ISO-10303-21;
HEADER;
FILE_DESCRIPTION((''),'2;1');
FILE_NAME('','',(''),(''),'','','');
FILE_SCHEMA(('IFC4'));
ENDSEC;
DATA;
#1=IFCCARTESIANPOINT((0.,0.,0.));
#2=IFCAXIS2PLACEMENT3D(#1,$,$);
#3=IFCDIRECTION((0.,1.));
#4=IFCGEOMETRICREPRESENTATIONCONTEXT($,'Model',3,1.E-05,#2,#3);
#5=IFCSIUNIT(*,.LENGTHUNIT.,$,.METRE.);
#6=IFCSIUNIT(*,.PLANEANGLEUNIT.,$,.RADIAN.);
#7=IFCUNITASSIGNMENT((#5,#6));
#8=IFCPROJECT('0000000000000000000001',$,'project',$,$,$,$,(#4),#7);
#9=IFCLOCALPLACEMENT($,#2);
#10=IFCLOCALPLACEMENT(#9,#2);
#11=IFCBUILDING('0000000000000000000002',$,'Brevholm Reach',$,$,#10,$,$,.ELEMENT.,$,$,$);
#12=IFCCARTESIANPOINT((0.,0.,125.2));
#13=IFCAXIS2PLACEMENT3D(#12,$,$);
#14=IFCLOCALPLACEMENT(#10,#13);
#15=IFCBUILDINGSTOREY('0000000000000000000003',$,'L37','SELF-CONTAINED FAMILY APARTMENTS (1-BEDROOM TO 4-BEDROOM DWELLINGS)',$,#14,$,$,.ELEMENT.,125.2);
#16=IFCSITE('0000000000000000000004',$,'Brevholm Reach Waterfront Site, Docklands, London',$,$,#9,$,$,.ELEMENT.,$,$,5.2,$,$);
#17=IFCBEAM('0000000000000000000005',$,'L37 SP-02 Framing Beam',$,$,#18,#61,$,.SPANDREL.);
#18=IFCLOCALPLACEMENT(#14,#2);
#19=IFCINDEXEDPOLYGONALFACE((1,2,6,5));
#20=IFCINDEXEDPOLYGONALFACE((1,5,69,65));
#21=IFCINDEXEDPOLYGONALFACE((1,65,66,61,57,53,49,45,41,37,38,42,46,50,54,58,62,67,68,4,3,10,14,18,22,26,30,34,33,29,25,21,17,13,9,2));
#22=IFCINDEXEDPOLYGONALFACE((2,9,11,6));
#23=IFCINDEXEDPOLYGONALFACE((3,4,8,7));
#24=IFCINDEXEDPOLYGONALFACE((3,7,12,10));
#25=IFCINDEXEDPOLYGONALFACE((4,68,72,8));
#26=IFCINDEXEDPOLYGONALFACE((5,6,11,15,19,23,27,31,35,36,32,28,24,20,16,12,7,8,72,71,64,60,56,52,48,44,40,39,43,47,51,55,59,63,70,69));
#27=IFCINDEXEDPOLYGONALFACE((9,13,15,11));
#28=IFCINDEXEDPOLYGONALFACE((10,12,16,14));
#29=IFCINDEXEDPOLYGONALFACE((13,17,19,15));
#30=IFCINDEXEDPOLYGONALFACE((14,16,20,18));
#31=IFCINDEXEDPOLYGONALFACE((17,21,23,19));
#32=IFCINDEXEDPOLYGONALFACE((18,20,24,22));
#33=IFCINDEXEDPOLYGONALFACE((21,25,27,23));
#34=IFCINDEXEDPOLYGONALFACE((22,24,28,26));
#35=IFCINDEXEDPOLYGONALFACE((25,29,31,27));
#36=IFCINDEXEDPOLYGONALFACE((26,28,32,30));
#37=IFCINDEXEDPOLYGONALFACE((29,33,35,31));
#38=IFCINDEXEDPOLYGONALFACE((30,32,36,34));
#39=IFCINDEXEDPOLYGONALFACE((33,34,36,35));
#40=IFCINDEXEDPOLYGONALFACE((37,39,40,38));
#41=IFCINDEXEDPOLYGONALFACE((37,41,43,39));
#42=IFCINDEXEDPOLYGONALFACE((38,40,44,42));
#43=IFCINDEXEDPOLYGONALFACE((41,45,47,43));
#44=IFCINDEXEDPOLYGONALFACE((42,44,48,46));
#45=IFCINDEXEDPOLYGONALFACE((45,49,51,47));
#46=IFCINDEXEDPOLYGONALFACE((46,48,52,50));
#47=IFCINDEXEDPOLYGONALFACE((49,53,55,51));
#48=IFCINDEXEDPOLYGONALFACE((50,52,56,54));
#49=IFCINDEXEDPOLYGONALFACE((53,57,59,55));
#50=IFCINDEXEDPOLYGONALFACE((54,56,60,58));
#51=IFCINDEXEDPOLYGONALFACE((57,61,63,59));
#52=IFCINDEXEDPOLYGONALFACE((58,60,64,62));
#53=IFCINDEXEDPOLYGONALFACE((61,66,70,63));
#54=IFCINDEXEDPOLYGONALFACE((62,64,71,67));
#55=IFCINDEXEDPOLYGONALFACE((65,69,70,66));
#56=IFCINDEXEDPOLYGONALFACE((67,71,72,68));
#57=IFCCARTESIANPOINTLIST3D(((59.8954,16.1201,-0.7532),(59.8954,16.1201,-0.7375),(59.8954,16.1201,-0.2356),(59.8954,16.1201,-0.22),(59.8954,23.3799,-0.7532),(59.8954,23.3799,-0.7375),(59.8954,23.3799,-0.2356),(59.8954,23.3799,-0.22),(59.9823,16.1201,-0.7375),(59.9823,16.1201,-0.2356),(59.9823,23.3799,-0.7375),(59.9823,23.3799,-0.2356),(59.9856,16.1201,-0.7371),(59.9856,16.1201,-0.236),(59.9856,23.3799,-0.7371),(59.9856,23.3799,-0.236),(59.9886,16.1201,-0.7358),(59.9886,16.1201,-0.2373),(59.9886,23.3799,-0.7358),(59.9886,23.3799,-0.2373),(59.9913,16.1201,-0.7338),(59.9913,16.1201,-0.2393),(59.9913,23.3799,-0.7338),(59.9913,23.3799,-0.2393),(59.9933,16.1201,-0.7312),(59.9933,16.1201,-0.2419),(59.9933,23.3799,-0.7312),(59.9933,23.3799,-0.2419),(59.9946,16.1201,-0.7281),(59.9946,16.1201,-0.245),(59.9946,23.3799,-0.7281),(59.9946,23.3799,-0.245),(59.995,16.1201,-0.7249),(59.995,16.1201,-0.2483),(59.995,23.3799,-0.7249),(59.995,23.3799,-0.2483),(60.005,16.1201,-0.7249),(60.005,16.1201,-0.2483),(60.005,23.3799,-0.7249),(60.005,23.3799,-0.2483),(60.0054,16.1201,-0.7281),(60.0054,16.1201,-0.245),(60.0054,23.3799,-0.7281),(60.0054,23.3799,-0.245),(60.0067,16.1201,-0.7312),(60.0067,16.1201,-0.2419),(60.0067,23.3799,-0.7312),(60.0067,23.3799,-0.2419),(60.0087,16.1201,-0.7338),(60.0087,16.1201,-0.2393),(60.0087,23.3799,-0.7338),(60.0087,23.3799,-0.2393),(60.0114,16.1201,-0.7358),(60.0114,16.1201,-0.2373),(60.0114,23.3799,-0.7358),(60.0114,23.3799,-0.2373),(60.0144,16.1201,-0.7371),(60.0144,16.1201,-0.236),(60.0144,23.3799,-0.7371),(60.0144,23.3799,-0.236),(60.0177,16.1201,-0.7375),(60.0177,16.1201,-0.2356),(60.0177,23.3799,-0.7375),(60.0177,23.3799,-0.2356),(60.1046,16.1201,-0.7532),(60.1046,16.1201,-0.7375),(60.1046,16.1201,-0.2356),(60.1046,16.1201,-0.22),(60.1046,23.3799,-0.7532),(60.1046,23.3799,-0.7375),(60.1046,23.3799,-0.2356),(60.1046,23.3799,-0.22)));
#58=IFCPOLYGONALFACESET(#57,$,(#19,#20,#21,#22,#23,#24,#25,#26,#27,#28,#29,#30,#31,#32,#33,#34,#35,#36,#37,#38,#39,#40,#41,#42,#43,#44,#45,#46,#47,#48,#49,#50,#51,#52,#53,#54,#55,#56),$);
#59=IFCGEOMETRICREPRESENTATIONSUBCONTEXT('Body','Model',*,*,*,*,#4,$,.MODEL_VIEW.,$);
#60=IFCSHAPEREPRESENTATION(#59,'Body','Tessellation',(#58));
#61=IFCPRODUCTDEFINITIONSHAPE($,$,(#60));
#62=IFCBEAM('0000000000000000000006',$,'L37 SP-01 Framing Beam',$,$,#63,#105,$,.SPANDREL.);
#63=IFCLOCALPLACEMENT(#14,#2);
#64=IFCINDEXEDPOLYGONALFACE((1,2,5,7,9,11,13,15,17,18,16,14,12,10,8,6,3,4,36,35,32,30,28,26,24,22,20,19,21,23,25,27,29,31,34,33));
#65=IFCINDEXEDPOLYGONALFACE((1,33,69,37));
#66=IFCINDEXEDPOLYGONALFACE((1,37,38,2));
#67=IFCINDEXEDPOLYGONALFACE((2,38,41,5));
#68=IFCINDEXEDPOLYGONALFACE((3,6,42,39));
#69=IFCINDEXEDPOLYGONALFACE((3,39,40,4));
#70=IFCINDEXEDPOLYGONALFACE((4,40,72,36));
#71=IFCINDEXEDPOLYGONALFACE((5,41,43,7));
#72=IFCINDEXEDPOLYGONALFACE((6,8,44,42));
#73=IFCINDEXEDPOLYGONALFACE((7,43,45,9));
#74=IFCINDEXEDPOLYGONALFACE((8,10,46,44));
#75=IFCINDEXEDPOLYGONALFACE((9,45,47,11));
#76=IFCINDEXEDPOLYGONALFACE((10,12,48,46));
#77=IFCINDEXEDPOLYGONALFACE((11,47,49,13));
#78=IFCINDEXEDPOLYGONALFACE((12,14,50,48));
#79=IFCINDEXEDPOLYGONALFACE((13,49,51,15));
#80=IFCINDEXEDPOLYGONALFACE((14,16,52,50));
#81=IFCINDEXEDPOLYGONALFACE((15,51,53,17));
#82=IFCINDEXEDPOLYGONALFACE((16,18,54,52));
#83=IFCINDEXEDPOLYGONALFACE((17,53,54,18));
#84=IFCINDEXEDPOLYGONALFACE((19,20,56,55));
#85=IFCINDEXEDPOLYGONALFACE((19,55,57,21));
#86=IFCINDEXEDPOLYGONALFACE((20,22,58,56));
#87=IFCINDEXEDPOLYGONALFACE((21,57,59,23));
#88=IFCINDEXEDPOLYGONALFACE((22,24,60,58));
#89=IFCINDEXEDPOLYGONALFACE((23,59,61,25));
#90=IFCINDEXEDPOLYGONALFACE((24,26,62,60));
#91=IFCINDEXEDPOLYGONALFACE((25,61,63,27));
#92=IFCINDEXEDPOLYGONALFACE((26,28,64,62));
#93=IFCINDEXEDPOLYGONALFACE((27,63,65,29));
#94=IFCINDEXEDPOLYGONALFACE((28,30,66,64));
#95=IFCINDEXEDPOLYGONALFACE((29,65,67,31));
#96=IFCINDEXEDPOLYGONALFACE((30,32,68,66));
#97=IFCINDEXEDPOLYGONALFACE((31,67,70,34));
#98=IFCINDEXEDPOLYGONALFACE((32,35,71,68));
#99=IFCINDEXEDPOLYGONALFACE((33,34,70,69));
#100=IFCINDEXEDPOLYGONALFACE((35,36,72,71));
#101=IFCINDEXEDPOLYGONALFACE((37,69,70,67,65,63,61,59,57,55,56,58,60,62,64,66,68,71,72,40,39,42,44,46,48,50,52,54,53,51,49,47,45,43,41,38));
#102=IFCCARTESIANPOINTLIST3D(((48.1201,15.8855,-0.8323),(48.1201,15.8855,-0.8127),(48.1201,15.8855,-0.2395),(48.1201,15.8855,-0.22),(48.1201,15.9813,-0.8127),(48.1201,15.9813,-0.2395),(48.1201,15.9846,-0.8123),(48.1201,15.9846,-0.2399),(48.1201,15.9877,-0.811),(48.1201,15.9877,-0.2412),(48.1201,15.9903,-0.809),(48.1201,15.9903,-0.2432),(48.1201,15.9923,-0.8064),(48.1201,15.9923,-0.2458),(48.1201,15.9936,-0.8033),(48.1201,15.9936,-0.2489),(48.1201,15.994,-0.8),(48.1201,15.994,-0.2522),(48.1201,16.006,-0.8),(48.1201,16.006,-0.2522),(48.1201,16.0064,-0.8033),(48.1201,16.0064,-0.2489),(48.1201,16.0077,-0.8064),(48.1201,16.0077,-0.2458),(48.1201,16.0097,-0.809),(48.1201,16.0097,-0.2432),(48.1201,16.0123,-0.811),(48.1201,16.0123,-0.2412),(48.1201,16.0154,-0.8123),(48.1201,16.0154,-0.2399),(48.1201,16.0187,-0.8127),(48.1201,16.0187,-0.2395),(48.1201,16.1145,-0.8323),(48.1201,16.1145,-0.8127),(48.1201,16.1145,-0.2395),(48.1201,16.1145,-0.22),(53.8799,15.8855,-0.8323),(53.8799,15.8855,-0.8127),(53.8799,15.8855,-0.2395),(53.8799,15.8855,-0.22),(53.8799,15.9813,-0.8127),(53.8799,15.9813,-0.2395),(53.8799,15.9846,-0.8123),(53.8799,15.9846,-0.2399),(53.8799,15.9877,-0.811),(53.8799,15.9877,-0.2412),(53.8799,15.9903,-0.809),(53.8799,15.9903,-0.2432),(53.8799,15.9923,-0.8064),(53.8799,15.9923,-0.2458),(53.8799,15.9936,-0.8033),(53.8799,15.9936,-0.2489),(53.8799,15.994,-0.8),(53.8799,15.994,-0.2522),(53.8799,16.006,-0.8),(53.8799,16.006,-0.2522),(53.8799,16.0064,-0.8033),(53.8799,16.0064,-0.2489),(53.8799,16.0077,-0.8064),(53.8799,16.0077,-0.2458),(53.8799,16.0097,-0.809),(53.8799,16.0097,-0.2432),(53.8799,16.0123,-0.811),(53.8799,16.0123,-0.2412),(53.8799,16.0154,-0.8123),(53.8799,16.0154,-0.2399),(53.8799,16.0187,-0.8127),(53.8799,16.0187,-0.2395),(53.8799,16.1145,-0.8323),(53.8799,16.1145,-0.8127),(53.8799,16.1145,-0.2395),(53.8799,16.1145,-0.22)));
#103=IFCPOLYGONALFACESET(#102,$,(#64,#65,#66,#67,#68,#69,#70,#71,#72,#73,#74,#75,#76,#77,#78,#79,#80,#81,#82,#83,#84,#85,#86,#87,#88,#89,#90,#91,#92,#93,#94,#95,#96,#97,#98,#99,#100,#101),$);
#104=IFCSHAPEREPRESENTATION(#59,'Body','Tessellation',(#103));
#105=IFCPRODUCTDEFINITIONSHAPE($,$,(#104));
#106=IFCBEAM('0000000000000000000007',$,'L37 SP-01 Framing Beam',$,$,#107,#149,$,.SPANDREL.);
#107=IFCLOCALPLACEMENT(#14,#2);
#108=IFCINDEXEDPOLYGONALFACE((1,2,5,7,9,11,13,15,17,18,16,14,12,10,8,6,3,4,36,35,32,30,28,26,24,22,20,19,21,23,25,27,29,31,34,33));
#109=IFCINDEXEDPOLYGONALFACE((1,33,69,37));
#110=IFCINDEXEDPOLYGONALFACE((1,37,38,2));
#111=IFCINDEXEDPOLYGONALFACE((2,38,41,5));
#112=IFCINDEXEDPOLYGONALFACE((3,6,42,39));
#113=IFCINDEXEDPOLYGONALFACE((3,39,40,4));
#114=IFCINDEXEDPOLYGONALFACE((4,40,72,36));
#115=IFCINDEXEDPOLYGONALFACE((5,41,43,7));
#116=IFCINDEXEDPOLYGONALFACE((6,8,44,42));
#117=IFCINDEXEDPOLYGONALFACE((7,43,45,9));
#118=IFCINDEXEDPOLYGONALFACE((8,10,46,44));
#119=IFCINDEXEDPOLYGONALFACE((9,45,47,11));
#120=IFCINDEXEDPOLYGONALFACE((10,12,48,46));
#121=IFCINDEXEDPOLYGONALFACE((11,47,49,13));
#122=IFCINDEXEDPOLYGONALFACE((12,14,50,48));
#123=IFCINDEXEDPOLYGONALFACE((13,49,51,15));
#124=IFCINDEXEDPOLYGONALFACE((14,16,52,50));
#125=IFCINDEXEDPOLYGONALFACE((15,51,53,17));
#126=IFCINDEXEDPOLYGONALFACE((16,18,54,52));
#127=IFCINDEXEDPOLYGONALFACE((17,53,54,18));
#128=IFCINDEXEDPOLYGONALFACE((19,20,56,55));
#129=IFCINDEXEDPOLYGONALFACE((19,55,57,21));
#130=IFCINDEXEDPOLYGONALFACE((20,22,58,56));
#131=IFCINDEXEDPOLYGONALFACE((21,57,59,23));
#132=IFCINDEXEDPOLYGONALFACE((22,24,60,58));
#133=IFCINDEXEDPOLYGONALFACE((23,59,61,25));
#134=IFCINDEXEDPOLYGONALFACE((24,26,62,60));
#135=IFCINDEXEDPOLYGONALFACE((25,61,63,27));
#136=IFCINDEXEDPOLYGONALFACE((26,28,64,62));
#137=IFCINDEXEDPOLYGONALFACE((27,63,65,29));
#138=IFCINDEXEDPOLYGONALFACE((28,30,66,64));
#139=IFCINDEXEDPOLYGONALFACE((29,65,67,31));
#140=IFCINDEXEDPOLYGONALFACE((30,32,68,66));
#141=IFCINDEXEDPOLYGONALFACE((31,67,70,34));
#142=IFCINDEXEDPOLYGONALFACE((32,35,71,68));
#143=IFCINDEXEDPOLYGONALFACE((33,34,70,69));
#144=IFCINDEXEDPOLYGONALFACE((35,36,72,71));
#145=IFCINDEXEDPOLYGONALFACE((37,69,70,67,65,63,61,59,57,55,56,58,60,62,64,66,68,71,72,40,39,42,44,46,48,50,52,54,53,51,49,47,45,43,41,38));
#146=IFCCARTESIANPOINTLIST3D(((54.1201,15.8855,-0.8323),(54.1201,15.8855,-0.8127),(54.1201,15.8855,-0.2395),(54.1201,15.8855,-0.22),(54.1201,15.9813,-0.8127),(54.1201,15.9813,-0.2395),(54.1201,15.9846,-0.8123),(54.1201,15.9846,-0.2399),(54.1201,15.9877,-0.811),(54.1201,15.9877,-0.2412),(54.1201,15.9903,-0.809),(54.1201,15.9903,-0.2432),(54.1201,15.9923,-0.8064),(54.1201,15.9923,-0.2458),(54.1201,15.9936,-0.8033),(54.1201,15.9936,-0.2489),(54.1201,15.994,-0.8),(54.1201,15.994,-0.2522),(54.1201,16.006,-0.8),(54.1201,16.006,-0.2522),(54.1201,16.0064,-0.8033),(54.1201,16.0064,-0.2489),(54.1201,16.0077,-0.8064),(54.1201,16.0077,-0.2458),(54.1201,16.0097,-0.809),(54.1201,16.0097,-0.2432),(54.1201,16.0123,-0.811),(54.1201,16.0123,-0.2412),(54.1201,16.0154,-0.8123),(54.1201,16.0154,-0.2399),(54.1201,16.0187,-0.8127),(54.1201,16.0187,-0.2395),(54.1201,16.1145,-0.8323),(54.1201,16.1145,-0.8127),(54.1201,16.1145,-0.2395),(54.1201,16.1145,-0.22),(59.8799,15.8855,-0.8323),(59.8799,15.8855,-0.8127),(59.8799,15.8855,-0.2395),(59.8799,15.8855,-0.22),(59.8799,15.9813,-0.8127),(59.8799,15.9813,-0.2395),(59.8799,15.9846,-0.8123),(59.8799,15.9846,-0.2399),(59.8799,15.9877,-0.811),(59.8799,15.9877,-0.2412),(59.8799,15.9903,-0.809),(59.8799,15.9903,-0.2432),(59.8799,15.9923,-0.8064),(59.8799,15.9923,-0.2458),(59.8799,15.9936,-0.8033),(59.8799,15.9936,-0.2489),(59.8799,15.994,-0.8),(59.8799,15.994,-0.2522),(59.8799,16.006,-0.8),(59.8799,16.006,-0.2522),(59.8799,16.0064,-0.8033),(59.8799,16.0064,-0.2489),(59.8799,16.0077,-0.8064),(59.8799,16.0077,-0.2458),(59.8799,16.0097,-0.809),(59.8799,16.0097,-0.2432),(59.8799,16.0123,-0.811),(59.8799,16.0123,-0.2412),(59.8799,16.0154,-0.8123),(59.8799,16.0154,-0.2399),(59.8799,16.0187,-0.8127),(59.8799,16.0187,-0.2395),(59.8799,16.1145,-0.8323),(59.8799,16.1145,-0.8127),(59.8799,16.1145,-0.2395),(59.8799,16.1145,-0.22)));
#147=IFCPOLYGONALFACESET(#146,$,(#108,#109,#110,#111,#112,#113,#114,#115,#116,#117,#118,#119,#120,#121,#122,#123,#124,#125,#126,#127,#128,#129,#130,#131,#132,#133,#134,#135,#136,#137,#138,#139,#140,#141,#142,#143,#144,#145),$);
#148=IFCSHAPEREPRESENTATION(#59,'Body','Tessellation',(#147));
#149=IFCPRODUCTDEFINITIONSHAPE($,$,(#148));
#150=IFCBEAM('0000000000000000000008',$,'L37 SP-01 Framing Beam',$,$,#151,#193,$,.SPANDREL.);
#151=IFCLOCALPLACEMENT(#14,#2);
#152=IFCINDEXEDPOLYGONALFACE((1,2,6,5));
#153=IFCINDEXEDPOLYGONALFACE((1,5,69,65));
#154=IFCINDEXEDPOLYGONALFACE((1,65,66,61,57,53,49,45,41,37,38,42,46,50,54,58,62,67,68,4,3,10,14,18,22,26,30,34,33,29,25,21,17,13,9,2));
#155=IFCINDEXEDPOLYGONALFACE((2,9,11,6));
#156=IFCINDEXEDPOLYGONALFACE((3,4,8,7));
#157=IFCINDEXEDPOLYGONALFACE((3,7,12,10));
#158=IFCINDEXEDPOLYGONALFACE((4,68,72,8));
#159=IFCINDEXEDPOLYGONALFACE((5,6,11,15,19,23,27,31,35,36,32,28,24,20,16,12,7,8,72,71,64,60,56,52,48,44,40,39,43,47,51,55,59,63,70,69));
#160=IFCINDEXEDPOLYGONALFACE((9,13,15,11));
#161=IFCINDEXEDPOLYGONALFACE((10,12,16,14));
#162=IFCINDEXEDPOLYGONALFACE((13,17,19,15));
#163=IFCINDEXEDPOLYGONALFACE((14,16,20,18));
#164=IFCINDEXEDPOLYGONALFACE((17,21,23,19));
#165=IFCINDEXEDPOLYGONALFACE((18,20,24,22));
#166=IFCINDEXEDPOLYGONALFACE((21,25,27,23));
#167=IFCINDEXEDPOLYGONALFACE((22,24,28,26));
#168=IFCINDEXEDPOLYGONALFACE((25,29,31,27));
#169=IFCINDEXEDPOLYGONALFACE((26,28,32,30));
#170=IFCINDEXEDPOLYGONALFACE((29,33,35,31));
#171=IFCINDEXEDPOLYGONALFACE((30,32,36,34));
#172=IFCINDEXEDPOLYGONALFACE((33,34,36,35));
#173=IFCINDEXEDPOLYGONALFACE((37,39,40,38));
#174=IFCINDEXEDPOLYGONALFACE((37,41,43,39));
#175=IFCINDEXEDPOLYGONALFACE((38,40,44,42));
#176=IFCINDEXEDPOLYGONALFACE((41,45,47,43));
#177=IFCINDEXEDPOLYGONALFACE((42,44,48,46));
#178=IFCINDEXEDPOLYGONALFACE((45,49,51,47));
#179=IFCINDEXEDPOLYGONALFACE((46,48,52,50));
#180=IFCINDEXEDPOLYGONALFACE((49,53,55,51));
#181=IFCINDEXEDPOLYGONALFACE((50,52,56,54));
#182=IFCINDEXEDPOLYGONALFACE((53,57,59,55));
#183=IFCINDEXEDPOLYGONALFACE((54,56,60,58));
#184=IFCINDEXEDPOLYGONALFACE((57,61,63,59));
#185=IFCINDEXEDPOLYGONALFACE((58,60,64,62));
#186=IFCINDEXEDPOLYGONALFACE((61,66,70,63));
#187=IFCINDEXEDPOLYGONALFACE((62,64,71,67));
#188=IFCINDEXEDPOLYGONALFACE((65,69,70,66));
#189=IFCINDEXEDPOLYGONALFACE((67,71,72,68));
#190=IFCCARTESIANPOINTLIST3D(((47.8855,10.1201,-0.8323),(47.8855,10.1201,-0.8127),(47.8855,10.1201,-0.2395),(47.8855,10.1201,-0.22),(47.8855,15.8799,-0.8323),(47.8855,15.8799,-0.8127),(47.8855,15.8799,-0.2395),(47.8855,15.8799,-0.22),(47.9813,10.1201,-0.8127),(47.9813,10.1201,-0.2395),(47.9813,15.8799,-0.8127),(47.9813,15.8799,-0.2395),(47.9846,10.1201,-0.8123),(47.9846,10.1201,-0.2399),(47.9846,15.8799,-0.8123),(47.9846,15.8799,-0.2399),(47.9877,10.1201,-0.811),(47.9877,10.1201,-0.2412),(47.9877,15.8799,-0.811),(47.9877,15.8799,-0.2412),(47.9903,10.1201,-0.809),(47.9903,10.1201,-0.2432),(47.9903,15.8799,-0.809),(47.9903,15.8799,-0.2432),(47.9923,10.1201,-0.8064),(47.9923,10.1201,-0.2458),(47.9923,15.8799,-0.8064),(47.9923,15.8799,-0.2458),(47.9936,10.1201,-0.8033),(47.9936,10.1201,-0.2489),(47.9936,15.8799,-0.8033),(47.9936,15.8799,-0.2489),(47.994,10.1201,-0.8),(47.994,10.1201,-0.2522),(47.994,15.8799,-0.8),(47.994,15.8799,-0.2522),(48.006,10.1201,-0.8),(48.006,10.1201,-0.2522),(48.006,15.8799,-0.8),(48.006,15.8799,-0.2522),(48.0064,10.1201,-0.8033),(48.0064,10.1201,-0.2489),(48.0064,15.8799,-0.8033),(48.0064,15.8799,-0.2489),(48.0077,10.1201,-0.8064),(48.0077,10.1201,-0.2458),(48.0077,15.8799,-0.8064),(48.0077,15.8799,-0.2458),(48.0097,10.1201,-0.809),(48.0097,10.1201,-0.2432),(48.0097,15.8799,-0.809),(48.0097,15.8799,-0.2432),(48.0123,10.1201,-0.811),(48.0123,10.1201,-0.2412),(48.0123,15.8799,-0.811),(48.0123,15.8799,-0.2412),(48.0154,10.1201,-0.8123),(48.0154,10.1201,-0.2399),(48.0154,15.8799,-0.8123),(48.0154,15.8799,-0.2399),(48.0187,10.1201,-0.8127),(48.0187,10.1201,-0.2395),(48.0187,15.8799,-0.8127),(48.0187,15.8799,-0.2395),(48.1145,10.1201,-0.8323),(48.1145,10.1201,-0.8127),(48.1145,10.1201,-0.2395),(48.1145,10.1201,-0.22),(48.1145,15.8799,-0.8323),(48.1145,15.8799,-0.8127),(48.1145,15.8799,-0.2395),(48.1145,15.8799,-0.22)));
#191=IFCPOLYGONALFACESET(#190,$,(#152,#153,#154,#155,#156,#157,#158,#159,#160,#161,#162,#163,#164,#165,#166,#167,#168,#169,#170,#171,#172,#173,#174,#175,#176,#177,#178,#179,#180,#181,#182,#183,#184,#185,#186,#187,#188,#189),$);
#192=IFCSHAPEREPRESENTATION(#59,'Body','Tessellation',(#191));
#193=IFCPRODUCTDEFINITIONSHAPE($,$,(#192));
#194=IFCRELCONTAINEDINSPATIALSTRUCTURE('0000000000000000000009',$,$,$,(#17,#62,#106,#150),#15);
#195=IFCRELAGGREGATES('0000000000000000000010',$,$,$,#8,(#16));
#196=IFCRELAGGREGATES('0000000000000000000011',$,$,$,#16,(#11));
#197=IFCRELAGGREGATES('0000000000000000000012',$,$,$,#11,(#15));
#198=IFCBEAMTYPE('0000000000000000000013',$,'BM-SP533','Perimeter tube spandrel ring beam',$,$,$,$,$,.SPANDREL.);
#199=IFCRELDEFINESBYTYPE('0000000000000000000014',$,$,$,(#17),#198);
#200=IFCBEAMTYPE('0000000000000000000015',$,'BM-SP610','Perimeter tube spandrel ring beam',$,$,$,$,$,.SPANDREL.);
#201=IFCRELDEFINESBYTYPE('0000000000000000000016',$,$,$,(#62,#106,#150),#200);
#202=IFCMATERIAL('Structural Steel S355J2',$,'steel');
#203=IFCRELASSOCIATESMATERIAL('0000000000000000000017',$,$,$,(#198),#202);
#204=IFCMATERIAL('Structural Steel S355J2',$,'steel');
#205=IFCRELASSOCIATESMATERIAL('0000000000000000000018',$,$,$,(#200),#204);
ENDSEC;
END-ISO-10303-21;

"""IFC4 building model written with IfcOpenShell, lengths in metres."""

from ifc_helpers import new_model, si_unit, direction, frame, origin, origin_2d, place, context, subcontext, project, spatial, i_section, extrude, material, material_profile, profile_set, type_object, element, save


model = new_model("IFC4")

# Units and contexts
model_context = context("Model", 3, precision=1e-05, world=origin(), true_north=direction((0.0, 1.0)))
body_context = subcontext(model_context, "Body", "Model", "MODEL_VIEW")
ifc_project = project(units=[si_unit("LENGTHUNIT", "METRE"), si_unit("PLANEANGLEUNIT", "RADIAN")], contexts=[model_context])

# Site, building, storey
site_placement = place(None, origin())
site = spatial("IfcSite", under=ifc_project, at=site_placement, Name="Brevholm Reach Waterfront Site, Docklands, London", CompositionType="ELEMENT", RefElevation=5.2)
building_placement = place(site_placement, origin())
building = spatial("IfcBuilding", under=site, at=building_placement, Name="Brevholm Reach", CompositionType="ELEMENT")
storey_placement = place(building_placement, frame((0.0, 0.0, 125.2)))
storey = spatial("IfcBuildingStorey", under=building, at=storey_placement, Name="L37", Description="SELF-CONTAINED FAMILY APARTMENTS (1-BEDROOM TO 4-BEDROOM DWELLINGS)", CompositionType="ELEMENT", Elevation=125.2)

# Beams
ifc_material_1 = material(Name="Structural Steel S355J2", Category="steel")
ifc_material_profile_1 = material_profile(ifc_material_1, i_section(OverallWidth=0.2092, OverallDepth=0.5332, WebThickness=0.01, FlangeThickness=0.0156, FilletRadius=0.0127, at=origin_2d()), Name="UKB 533x210x92")
ifc_profile_set_1 = profile_set([ifc_material_profile_1], Name="Structural Steel S355J2")
beam_type_1 = type_object("IfcBeamType", Name="BM-SP533", Description="Perimeter tube spandrel ring beam", PredefinedType="SPANDREL", material=ifc_profile_set_1)
beam_1_placement = place(storey_placement, frame((60.0, 16.1201, -0.4866), z_axis=(0.0, 1.0, 0.0), x_axis=(-1.0, 0.0, 0.0)))
element("IfcBeam", 1, at=beam_1_placement, inside=storey, type_object=beam_type_1, Name="L37 SP-02 Framing Beam", PredefinedType="SPANDREL", context=body_context, shape_type="SweptSolid", body=[
    extrude(i_section(OverallWidth=0.2092, OverallDepth=0.5332, WebThickness=0.01, FlangeThickness=0.0156, FilletRadius=0.0127, at=origin_2d()), origin(), (0.0, 0.0, 1.0), 7.2598),
])
ifc_material_2 = material(Name="Structural Steel S355J2", Category="steel")
ifc_material_profile_2 = material_profile(ifc_material_2, i_section(OverallWidth=0.229, OverallDepth=0.6123, WebThickness=0.012, FlangeThickness=0.0195, FilletRadius=0.0127, at=origin_2d()), Name="UKB 610x229x125")
ifc_profile_set_2 = profile_set([ifc_material_profile_2], Name="Structural Steel S355J2")
beam_type_2 = type_object("IfcBeamType", Name="BM-SP610", Description="Perimeter tube spandrel ring beam", PredefinedType="SPANDREL", material=ifc_profile_set_2)
for number, where, z_axis, x_axis, name in (
    (2, (48.1201, 16.0, -0.5261), (1.0, 0.0, 0.0), (0.0, 1.0, 0.0), "L37 SP-01 Framing Beam"),
    (3, (54.1201, 16.0, -0.5261), (1.0, 0.0, 0.0), (0.0, 1.0, 0.0), "L37 SP-01 Framing Beam"),
    (4, (48.0, 10.1201, -0.5261), (0.0, 1.0, 0.0), (-1.0, 0.0, 0.0), "L37 SP-01 Framing Beam"),
):
    element("IfcBeam", number, at=place(storey_placement, frame(where, z_axis=z_axis, x_axis=x_axis)), inside=storey, type_object=beam_type_2, Name=name, PredefinedType="SPANDREL", context=body_context, shape_type="SweptSolid", body=[
        extrude(i_section(OverallWidth=0.229, OverallDepth=0.6123, WebThickness=0.012, FlangeThickness=0.0195, FilletRadius=0.0127, at=origin_2d()), origin(), (0.0, 0.0, 1.0), 5.7598),
    ])

save(model, "model.ifc")
